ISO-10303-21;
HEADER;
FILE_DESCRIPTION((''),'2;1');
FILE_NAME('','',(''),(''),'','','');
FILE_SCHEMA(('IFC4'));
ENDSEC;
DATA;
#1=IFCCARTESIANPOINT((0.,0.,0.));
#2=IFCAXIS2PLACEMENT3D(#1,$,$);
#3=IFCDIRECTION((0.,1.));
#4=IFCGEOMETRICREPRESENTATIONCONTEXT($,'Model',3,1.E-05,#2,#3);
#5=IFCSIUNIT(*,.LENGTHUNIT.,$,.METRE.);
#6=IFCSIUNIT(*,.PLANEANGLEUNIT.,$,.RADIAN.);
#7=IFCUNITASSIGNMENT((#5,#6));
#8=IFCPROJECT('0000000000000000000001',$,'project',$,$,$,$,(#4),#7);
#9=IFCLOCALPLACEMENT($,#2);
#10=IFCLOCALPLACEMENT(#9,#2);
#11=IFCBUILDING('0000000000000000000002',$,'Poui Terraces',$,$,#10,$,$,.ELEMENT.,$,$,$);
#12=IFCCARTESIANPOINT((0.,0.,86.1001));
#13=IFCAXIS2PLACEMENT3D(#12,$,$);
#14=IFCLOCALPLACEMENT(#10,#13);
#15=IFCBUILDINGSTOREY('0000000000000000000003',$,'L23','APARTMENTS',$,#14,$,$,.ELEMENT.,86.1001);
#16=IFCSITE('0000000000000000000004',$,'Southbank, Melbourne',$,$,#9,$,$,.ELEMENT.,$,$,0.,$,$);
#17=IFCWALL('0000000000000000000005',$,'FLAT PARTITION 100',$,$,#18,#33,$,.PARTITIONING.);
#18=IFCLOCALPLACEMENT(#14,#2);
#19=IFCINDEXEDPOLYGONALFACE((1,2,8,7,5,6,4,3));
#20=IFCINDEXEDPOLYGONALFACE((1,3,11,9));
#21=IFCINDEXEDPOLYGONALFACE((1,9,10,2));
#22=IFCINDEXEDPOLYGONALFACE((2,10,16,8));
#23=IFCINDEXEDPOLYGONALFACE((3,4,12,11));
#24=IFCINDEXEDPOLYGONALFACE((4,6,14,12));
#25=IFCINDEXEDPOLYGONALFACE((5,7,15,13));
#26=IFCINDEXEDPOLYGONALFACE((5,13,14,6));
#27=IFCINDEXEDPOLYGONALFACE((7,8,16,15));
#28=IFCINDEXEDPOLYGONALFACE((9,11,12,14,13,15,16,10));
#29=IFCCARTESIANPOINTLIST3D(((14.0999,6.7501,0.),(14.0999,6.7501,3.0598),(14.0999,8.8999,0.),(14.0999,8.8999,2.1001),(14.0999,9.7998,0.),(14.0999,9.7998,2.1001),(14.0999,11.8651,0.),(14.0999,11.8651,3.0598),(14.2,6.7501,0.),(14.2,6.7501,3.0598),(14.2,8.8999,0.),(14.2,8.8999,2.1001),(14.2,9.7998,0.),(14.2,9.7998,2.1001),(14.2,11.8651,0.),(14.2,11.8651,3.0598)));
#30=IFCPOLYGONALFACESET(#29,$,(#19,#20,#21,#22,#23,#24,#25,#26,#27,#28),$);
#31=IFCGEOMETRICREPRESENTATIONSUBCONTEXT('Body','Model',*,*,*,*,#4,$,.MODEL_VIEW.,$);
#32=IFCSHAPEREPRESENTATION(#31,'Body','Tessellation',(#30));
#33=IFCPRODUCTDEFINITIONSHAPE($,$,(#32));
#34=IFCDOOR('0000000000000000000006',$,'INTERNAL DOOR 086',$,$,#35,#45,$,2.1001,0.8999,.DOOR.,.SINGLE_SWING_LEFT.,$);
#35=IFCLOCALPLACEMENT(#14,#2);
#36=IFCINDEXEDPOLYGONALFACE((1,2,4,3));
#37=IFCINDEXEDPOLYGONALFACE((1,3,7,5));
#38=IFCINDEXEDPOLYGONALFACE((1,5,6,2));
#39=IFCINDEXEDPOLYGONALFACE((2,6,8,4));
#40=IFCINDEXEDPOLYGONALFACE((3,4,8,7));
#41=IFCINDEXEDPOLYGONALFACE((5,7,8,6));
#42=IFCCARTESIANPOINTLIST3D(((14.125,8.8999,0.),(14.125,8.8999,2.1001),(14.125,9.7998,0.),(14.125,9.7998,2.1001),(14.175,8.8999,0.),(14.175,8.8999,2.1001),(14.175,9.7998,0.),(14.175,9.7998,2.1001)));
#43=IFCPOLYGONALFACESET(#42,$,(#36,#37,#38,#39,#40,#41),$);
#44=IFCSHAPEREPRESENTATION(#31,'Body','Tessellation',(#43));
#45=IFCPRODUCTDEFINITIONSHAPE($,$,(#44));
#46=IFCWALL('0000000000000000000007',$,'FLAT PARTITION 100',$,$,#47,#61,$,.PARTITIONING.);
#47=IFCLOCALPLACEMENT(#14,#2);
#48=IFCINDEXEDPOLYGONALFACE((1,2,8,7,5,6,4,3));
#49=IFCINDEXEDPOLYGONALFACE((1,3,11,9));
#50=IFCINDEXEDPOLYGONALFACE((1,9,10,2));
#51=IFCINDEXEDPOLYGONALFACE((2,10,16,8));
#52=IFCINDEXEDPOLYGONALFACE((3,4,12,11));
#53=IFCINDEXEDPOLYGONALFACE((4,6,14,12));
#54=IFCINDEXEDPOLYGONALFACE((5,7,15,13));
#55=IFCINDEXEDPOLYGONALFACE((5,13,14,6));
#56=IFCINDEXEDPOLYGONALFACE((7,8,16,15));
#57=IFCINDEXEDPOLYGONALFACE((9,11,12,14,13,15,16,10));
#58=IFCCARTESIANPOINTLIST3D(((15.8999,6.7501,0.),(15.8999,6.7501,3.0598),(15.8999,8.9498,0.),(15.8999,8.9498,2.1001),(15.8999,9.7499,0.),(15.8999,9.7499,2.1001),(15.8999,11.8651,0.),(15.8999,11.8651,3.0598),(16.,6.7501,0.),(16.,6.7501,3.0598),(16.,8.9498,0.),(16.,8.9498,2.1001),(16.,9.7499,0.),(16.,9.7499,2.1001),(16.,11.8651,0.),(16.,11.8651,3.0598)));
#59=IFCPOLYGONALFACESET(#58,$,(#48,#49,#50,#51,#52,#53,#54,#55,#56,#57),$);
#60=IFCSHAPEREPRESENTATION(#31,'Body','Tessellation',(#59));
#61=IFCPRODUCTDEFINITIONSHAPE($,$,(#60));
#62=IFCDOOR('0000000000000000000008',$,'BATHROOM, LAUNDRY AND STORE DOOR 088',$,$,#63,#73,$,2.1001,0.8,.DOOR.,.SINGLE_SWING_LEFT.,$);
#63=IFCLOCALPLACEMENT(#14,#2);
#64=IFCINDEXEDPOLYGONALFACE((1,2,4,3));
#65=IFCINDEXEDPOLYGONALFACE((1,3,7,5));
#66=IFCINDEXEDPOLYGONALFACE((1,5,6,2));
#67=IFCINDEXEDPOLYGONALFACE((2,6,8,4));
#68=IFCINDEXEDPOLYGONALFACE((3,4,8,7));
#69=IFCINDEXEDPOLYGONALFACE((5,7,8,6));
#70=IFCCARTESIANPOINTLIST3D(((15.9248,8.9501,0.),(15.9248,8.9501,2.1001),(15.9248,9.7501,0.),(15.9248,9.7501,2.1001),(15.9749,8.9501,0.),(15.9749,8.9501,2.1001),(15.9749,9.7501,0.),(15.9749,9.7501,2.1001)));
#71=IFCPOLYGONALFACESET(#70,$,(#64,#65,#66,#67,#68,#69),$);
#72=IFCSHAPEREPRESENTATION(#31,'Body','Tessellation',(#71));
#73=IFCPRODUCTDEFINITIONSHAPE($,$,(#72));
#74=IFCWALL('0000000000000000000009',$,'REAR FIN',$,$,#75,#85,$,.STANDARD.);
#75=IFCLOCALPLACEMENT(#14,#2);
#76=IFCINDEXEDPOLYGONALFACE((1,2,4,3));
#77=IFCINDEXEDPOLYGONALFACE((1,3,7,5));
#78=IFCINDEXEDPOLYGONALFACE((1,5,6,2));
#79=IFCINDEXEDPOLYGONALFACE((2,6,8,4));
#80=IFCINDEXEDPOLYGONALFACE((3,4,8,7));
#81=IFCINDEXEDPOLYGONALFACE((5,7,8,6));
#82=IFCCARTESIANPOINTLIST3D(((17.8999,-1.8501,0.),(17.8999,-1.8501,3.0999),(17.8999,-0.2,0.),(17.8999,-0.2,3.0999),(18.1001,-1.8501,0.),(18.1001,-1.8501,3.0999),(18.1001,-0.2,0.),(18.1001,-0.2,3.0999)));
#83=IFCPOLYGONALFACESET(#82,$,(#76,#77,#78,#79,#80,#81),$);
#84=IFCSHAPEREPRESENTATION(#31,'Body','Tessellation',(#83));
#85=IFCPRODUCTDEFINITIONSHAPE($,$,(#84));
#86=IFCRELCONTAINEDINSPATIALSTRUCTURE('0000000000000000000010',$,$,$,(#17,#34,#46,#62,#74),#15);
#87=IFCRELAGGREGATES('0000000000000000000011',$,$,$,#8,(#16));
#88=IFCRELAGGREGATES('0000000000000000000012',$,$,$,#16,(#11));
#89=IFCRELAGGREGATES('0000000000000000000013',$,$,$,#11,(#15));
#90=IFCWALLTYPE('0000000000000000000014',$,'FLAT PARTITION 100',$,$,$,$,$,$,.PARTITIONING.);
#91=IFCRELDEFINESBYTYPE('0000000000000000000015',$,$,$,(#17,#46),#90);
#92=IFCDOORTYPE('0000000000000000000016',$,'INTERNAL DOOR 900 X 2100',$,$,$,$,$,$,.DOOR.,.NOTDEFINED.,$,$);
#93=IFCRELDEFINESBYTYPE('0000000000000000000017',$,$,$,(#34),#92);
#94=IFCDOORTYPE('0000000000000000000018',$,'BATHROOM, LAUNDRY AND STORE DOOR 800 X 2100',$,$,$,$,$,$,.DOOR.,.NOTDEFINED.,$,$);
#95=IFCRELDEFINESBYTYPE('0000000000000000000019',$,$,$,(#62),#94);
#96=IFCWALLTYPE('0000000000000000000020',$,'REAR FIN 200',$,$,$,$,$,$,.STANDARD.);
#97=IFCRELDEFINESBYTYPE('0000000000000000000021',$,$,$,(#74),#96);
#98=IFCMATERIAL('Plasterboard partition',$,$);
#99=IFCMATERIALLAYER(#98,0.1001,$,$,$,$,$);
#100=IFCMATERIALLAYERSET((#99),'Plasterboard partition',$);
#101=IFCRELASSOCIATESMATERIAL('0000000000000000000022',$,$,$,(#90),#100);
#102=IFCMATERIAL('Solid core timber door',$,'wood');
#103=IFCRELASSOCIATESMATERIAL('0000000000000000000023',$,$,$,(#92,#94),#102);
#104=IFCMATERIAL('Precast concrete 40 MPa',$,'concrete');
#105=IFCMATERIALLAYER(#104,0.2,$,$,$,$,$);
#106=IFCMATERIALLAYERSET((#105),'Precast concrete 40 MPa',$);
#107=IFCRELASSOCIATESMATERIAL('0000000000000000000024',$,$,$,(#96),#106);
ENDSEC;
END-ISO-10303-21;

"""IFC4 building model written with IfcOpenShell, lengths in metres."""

from ifc_helpers import new_model, si_unit, direction, frame, frame_2d, origin, place, context, subcontext, project, spatial, polyline, rectangle, outline, extrude, source, transform, mapped, material, layer, layer_set, type_object, element, fill, save


model = new_model("IFC4")

# Units and contexts
model_context = context("Model", 3, precision=1e-05, world=origin(), true_north=direction((0.0, 1.0)))
body_context = subcontext(model_context, "Body", "Model", "MODEL_VIEW")
ifc_project = project(units=[si_unit("LENGTHUNIT", "METRE"), si_unit("PLANEANGLEUNIT", "RADIAN")], contexts=[model_context])

# Site, building, storey
site_placement = place(None, origin())
site = spatial("IfcSite", under=ifc_project, at=site_placement, Name="Southbank, Melbourne", CompositionType="ELEMENT", RefElevation=0.0)
building_placement = place(site_placement, origin())
building = spatial("IfcBuilding", under=site, at=building_placement, Name="Poui Terraces", CompositionType="ELEMENT")
storey_placement = place(building_placement, frame((0.0, 0.0, 86.1001)))
storey = spatial("IfcBuildingStorey", under=building, at=storey_placement, Name="L23", Description="APARTMENTS", CompositionType="ELEMENT", Elevation=86.1001)

# Shared definitions
ifc_material_1 = material(Name="Plasterboard partition")
ifc_layer_1 = layer(ifc_material_1, 0.1001)
ifc_layer_set_1 = layer_set([ifc_layer_1], Name="Plasterboard partition")
wall_type_1 = type_object("IfcWallType", Name="FLAT PARTITION 100", PredefinedType="PARTITIONING", material=ifc_layer_set_1)

# Walls, openings, doors
ifc_material_2 = material(Name="Solid core timber door", Category="wood")
door_type_1 = type_object("IfcDoorType", Name="INTERNAL DOOR 900 X 2100", OperationType="NOTDEFINED", PredefinedType="DOOR", material=ifc_material_2)
wall_1_placement = place(storey_placement, frame((14.1499, 6.75, 0.0), z_axis=(0.0, 0.0, 1.0), x_axis=(0.0, 1.0, 0.0)))
wall_1 = element("IfcWall", 1, at=wall_1_placement, inside=storey, type_object=wall_type_1, Name="FLAT PARTITION 100", PredefinedType="PARTITIONING", context=body_context, shape_type="SweptSolid", body=[
    extrude(rectangle(XDim=5.115, YDim=0.1001, at=frame_2d((2.5576, 0.0))), origin(), (0.0, 0.0, 1.0), 3.0598),
])
opening_1_placement = place(wall_1_placement, frame((2.1499, 0.0, 0.0)))
opening_1 = element("IfcOpeningElement", 2, at=opening_1_placement, cuts=wall_1, PredefinedType="OPENING", context=body_context, shape_type="SweptSolid", body=[
    extrude(rectangle(XDim=0.8999, YDim=2.1001, at=frame_2d((0.45, 1.05))), frame((0.0, 0.0601, 0.0), z_axis=(0.0, -1.0, 0.0), x_axis=(1.0, 0.0, 0.0)), (0.0, 0.0, 1.0), 0.1201),
])
door_1_placement = place(opening_1_placement, origin())
door_1 = element("IfcDoor", 3, at=door_1_placement, inside=storey, type_object=door_type_1, Name="INTERNAL DOOR 086", OperationType="SINGLE_SWING_LEFT", OverallHeight=2.1001, OverallWidth=0.8999, PredefinedType="DOOR", context=body_context, shape_type="SweptSolid", body=[
    extrude(rectangle(XDim=0.8999, YDim=2.1001, at=frame_2d((0.45, 1.05))), frame((0.0, 0.0249, 0.0), z_axis=(0.0, -1.0, 0.0), x_axis=(1.0, 0.0, 0.0)), (0.0, 0.0, 1.0), 0.05),
])
fill(opening_1, door_1)
wall_2_placement = place(storey_placement, frame((15.95, 6.75, 0.0), z_axis=(0.0, 0.0, 1.0), x_axis=(0.0, 1.0, 0.0)))
wall_2 = element("IfcWall", 4, at=wall_2_placement, inside=storey, type_object=wall_type_1, Name="FLAT PARTITION 100", PredefinedType="PARTITIONING", context=body_context, shape_type="SweptSolid", body=[
    extrude(rectangle(XDim=5.115, YDim=0.1001, at=frame_2d((2.5576, 0.0))), origin(), (0.0, 0.0, 1.0), 3.0598),
])
opening_2_placement = place(wall_2_placement, frame((2.2, 0.0, 0.0)))
opening_2 = element("IfcOpeningElement", 5, at=opening_2_placement, cuts=wall_2, PredefinedType="OPENING", context=body_context, shape_type="SweptSolid", body=[
    extrude(rectangle(XDim=0.8, YDim=2.1001, at=frame_2d((0.3999, 1.05))), frame((0.0, 0.0601, 0.0), z_axis=(0.0, -1.0, 0.0), x_axis=(1.0, 0.0, 0.0)), (0.0, 0.0, 1.0), 0.1201),
])
door_type_2 = type_object("IfcDoorType", Name="BATHROOM, LAUNDRY AND STORE DOOR 800 X 2100", OperationType="NOTDEFINED", PredefinedType="DOOR", material=ifc_material_2)
door_2_placement = place(opening_2_placement, frame((0.8, 0.0, 0.0), z_axis=(0.0, 0.0, 1.0), x_axis=(-1.0, 0.0, 0.0)))
door_2 = element("IfcDoor", 6, at=door_2_placement, inside=storey, type_object=door_type_2, Name="BATHROOM, LAUNDRY AND STORE DOOR 088", OperationType="SINGLE_SWING_LEFT", OverallHeight=2.1001, OverallWidth=0.8, PredefinedType="DOOR", context=body_context, shape_type="SweptSolid", body=[
    extrude(rectangle(XDim=0.8, YDim=2.1001, at=frame_2d((0.3999, 1.05))), frame((0.0, 0.0249, 0.0), z_axis=(0.0, -1.0, 0.0), x_axis=(1.0, 0.0, 0.0)), (0.0, 0.0, 1.0), 0.05),
])
fill(opening_2, door_2)

# Wall
ifc_material_3 = material(Name="Precast concrete 40 MPa", Category="concrete")
ifc_layer_2 = layer(ifc_material_3, 0.2)
ifc_layer_set_2 = layer_set([ifc_layer_2], Name="Precast concrete 40 MPa")
wall_type_2 = type_object("IfcWallType", Name="REAR FIN 200", PredefinedType="STANDARD", material=ifc_layer_set_2)
shared_shape_1 = source(origin(), body_context, "Body", "SweptSolid", [
    extrude(outline(polyline([(0.0, 0.0), (0.2002, 0.0), (0.2002, 1.6501), (0.0, 1.6501), (0.0, 0.0)])), origin(), (0.0, 0.0, 1.0), 3.0999),
])
wall_3_placement = place(storey_placement, frame((17.8999, -1.8501, 0.0)))
element("IfcWall", 7, at=wall_3_placement, inside=storey, type_object=wall_type_2, Name="REAR FIN", PredefinedType="STANDARD", context=body_context, shape_type="MappedRepresentation", body=[
    mapped(shared_shape_1, transform((0.0, 0.0, 0.0))),
])

save(model, "model.ifc")
